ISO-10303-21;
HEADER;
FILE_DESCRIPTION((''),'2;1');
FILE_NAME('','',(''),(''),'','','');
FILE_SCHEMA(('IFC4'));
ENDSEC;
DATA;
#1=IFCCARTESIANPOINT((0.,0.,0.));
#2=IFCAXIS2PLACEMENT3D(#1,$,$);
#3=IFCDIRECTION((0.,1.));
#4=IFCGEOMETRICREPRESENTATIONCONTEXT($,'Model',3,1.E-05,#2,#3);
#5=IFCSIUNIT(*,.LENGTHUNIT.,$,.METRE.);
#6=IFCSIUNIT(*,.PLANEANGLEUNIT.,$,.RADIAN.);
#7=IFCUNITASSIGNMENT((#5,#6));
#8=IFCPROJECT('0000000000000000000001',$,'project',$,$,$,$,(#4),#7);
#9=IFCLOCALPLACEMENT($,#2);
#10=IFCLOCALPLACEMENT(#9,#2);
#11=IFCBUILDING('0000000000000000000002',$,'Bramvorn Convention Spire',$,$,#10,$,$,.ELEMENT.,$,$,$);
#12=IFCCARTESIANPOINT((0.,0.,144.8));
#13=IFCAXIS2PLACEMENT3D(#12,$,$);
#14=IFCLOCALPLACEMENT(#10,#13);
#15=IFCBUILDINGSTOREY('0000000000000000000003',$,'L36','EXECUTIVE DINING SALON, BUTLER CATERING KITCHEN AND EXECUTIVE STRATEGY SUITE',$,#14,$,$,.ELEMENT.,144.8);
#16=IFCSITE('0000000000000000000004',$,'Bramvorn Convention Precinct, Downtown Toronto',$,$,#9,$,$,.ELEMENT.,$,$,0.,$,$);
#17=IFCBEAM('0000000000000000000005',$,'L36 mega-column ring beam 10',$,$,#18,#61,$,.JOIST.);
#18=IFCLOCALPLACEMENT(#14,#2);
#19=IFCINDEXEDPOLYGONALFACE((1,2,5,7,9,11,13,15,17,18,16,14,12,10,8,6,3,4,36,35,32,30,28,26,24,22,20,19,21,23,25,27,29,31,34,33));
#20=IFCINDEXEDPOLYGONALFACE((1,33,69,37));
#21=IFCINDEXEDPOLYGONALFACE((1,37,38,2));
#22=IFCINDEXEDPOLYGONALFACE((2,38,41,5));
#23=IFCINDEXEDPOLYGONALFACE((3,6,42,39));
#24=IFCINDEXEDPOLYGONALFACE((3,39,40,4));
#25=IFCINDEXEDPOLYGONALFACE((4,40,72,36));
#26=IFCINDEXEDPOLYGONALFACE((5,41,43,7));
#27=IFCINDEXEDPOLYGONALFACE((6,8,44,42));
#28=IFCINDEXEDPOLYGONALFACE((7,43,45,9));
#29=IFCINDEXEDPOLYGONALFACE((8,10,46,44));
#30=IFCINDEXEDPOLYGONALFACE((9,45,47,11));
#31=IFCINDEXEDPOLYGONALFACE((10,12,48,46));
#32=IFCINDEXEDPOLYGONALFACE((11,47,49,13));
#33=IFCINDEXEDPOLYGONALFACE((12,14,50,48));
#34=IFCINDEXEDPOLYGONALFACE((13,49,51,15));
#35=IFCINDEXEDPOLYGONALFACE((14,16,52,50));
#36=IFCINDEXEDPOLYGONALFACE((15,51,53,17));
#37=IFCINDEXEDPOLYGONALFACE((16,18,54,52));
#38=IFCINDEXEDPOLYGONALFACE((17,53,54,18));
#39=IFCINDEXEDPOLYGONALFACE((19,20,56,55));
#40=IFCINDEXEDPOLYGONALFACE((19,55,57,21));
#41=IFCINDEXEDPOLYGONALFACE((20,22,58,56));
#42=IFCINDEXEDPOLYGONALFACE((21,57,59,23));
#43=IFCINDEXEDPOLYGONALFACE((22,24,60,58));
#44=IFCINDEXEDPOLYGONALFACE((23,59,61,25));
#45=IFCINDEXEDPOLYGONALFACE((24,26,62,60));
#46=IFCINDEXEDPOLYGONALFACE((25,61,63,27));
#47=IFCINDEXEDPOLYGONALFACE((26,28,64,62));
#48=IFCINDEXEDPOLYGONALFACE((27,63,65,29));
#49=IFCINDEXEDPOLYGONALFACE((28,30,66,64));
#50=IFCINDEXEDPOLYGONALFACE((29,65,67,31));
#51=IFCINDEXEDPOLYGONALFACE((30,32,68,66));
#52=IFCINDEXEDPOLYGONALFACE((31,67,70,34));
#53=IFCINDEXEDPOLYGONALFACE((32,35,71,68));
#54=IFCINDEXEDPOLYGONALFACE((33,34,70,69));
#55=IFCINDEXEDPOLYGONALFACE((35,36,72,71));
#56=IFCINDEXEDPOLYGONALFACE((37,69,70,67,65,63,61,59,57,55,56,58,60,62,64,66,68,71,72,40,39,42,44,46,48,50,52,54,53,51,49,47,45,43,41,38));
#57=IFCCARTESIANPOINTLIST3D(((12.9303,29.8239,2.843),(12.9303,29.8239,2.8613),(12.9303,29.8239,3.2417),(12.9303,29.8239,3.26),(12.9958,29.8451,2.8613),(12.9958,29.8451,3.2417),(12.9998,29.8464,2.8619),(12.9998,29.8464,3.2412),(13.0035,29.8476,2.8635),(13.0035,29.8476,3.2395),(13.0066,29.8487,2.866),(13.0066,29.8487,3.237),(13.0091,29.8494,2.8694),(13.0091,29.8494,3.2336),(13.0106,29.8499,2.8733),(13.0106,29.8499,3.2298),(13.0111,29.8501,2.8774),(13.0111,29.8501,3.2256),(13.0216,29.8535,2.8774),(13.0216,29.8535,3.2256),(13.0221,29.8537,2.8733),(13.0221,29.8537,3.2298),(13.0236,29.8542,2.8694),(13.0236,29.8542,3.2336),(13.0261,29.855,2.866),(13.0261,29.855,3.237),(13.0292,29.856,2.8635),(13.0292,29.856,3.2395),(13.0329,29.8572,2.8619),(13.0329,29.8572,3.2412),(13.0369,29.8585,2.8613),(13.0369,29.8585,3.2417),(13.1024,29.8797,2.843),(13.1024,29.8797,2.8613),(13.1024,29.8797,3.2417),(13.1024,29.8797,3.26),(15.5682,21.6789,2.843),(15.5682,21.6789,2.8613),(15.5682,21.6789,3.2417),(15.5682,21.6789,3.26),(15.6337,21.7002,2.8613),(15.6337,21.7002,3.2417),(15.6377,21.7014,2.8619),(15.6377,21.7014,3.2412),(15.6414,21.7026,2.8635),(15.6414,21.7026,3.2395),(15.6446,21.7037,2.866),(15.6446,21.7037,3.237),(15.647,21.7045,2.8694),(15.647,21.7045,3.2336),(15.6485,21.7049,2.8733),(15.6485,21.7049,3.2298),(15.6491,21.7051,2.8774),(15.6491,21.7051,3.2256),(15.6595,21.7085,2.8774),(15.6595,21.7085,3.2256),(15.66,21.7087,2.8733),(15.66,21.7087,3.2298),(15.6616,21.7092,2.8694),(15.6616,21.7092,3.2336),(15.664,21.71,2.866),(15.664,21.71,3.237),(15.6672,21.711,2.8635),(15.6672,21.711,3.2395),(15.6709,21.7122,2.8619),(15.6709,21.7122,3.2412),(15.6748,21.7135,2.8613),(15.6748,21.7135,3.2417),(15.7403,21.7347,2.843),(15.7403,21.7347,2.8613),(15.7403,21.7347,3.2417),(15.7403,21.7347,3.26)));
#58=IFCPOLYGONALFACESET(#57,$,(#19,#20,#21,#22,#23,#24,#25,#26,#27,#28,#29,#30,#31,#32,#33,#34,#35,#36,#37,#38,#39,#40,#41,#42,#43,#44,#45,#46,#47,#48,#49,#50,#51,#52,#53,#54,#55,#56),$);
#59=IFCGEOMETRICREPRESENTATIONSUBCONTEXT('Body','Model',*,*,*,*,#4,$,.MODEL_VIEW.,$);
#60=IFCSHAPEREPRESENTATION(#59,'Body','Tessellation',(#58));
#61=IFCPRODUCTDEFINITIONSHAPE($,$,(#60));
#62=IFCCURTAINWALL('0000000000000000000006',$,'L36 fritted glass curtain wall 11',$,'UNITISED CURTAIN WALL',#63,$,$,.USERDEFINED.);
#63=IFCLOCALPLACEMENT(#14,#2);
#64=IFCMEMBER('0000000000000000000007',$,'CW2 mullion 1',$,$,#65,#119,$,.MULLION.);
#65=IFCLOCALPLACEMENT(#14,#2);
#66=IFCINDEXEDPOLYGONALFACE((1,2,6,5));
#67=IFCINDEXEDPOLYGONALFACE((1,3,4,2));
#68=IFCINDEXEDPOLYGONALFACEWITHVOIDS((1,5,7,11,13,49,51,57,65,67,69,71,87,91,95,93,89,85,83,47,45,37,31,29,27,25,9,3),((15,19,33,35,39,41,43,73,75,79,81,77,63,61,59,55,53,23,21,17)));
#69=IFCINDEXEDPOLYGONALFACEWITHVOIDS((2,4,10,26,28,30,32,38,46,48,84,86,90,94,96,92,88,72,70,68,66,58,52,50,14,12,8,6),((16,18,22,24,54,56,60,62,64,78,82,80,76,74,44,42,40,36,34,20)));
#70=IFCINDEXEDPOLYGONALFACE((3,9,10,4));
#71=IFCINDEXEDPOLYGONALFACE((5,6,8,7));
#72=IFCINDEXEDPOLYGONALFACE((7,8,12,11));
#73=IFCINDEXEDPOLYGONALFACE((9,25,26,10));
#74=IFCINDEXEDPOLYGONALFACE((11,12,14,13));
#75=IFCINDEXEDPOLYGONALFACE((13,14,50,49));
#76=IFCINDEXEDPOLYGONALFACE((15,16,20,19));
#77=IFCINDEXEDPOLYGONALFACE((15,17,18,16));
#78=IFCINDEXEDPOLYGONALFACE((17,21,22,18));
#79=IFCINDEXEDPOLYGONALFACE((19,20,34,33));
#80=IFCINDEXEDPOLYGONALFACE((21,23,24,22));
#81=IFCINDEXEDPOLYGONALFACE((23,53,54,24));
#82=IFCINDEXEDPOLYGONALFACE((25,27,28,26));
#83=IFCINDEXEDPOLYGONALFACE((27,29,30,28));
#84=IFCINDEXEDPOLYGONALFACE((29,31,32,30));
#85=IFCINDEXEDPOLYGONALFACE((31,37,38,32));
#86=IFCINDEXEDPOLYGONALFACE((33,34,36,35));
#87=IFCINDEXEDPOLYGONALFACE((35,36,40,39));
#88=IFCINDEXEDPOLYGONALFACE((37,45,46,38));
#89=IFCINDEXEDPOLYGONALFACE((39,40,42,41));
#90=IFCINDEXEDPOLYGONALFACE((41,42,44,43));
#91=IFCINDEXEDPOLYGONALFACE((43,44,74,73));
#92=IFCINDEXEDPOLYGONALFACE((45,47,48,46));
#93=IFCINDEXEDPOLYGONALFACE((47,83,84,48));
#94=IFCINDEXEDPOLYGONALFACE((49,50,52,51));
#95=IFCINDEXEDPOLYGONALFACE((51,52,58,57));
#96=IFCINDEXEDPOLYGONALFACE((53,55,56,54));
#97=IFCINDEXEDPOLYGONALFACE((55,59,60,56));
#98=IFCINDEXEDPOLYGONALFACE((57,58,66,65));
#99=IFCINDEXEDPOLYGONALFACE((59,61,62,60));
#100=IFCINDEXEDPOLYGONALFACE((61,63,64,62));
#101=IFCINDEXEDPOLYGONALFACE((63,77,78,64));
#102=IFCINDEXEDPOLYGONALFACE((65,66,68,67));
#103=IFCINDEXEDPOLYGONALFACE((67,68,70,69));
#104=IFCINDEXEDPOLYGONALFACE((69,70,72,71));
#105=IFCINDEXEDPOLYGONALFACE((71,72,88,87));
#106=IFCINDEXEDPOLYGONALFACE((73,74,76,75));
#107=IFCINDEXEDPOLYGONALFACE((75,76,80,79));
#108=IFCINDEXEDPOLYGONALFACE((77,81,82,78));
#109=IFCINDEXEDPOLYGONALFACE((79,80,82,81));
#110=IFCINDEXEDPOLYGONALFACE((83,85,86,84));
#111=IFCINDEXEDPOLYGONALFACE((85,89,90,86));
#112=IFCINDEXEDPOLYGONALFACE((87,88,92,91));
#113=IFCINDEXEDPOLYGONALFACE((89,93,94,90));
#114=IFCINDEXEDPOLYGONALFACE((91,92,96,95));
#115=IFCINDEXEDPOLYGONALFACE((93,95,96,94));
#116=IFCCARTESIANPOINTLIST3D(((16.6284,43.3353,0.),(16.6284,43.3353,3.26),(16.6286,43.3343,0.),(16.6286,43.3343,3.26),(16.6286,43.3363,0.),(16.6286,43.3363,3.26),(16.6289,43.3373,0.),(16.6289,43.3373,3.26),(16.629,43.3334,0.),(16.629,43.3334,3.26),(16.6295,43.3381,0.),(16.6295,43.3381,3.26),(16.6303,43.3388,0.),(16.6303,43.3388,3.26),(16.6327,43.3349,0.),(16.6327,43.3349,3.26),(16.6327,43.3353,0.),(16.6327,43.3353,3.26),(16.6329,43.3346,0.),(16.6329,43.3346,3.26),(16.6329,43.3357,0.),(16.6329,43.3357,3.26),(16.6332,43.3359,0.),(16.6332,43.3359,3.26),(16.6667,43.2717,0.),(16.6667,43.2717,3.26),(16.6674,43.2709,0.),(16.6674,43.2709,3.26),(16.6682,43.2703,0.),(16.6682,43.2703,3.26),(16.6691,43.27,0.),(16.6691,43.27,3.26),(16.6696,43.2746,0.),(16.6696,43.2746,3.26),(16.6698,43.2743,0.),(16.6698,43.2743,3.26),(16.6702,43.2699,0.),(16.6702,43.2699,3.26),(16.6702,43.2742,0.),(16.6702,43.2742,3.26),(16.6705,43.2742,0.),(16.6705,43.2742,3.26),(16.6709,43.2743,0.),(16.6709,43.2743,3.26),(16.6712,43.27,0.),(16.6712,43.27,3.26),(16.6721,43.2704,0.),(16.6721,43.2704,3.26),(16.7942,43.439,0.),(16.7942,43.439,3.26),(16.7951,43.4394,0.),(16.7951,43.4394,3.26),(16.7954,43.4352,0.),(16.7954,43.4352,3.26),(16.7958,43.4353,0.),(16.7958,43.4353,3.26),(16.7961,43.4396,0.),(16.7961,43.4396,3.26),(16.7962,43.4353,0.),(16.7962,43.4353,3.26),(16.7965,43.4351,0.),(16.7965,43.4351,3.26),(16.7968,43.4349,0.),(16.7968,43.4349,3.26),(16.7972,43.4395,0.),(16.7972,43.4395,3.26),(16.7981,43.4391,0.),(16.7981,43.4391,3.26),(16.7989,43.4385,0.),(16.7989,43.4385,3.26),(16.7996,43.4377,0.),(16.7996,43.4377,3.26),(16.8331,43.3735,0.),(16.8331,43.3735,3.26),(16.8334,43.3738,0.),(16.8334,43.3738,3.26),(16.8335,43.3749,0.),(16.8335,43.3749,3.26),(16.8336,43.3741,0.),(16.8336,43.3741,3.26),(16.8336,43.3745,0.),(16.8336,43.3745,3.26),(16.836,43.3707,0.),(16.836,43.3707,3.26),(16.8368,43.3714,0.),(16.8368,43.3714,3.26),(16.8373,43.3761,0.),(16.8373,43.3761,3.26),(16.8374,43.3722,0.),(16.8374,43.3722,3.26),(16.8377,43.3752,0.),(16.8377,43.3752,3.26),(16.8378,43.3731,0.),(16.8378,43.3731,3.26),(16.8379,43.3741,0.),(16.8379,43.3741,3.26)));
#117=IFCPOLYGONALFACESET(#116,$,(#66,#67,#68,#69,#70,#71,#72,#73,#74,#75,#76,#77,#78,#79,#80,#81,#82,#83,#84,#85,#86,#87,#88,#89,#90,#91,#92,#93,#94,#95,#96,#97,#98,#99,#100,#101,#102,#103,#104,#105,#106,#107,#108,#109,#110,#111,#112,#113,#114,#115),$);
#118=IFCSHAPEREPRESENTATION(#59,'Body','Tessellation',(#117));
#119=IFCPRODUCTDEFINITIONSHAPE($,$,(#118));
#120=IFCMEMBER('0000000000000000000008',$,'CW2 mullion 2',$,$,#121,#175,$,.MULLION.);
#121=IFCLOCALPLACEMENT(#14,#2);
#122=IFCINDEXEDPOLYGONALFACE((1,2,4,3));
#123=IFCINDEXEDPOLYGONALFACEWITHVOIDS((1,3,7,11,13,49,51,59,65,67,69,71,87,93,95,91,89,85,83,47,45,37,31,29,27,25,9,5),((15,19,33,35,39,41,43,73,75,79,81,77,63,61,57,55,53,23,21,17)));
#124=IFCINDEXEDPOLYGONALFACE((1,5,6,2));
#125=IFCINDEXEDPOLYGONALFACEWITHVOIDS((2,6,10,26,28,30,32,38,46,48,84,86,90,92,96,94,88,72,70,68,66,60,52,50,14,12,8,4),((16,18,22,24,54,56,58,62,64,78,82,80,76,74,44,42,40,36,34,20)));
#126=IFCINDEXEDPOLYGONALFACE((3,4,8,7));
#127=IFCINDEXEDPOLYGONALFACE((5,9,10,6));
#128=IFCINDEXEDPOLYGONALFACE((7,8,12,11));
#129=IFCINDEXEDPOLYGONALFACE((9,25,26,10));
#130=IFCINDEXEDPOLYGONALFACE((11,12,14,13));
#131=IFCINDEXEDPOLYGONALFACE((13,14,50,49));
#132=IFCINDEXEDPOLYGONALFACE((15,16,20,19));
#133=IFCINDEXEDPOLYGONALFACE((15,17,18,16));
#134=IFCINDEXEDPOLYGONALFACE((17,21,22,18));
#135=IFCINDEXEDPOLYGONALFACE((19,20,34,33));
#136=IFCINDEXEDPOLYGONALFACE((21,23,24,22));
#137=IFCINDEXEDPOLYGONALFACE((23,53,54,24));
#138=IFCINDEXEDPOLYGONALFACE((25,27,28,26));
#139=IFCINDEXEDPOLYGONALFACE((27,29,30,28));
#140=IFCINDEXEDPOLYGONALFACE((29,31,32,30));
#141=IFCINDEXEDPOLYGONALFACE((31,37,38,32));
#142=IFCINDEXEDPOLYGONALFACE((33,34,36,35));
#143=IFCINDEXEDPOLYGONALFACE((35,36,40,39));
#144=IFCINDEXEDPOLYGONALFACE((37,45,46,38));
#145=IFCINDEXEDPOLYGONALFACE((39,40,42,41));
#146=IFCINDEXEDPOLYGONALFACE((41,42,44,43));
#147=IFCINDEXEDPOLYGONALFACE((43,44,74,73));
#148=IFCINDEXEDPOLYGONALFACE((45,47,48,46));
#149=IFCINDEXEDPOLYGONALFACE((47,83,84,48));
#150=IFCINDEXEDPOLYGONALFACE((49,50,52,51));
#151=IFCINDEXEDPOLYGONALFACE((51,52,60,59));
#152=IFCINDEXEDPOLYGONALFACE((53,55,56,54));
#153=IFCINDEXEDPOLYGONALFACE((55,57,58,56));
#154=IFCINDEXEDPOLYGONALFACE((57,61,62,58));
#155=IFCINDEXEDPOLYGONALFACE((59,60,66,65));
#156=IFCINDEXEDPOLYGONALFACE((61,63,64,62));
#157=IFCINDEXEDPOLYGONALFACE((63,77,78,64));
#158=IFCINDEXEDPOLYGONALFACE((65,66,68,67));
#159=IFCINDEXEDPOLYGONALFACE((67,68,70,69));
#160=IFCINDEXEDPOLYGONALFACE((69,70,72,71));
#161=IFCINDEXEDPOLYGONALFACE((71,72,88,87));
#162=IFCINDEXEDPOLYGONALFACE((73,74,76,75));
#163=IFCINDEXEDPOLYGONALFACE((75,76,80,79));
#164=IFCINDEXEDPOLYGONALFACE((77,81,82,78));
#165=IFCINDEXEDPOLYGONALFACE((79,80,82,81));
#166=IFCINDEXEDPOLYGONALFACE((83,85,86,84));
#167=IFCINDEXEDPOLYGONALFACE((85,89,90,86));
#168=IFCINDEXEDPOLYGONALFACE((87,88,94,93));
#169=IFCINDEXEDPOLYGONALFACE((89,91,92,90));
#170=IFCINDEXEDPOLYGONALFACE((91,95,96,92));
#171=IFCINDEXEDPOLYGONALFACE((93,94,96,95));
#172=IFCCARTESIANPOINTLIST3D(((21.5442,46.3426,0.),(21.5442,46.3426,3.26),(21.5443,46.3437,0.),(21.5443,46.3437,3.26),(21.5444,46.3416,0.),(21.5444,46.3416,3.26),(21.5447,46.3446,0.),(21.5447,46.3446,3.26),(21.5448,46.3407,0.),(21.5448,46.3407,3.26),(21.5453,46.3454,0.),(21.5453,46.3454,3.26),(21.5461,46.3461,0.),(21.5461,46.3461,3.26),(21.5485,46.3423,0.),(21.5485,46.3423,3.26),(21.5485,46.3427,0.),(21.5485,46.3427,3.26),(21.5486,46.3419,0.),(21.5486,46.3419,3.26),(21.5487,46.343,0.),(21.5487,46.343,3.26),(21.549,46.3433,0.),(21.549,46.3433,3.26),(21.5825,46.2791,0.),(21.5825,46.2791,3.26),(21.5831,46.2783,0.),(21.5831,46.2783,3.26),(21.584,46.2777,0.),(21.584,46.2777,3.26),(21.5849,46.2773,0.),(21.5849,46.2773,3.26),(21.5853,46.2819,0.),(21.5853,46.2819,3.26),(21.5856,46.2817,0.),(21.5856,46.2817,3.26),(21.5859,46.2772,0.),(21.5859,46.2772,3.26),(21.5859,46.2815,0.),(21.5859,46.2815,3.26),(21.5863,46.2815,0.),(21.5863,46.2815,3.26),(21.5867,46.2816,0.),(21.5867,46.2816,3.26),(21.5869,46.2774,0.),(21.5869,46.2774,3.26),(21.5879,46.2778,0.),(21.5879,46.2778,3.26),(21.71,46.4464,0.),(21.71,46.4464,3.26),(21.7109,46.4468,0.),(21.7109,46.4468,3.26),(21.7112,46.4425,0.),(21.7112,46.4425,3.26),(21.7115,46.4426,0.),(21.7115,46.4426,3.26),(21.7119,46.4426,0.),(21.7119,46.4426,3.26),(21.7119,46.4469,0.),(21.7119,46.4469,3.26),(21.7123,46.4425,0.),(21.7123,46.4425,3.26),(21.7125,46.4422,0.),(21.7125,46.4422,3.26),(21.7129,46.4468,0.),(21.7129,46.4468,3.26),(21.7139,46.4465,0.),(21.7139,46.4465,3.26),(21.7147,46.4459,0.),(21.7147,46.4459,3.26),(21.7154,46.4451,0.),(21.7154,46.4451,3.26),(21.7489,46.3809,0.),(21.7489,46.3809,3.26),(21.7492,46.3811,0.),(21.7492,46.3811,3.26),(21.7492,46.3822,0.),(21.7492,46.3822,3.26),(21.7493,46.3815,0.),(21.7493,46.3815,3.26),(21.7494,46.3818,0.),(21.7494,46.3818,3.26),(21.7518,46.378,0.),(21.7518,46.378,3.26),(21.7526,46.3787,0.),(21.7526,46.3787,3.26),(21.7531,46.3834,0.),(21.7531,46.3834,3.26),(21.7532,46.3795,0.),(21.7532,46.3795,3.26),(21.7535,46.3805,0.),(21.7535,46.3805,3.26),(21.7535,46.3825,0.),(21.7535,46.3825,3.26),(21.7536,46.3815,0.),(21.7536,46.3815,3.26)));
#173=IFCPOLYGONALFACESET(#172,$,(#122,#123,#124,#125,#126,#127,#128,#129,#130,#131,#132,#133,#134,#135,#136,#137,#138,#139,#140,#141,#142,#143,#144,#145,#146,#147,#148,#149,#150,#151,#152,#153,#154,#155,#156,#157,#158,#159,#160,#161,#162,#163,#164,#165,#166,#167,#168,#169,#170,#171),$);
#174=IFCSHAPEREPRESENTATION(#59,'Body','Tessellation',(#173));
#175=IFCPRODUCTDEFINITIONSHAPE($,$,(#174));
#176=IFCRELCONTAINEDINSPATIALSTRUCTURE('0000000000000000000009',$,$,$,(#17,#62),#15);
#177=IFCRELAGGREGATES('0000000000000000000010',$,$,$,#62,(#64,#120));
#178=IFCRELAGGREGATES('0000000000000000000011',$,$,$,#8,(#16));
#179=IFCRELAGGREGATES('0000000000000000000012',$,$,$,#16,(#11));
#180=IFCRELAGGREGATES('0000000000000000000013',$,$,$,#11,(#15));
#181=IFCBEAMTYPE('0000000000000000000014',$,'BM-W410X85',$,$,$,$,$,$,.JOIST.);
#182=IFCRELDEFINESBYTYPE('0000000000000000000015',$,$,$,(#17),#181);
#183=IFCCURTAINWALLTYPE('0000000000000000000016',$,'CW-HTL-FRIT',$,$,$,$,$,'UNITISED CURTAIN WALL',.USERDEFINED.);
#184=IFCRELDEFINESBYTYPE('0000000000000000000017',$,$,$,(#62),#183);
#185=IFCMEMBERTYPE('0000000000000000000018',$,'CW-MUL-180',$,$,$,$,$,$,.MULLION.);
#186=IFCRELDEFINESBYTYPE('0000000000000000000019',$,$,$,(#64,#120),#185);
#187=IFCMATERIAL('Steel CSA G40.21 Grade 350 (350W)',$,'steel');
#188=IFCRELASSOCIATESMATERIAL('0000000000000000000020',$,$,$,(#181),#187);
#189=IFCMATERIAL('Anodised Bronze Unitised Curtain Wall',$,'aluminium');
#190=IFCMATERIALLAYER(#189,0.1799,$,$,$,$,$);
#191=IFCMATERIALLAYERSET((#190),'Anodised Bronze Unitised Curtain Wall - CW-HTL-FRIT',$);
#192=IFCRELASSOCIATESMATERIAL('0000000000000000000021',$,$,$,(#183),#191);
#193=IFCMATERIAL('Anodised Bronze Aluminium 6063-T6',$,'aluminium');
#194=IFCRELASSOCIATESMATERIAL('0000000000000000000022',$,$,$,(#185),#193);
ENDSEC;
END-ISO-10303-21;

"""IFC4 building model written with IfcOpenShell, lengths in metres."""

from ifc_helpers import new_model, si_unit, direction, frame, origin, origin_2d, place, context, subcontext, project, spatial, hollow_rectangle, i_section, extrude, material, layer, layer_set, material_profile, profile_set, type_object, element, aggregate, save


model = new_model("IFC4")

# Units and contexts
model_context = context("Model", 3, precision=1e-05, world=origin(), true_north=direction((0.0, 1.0)))
body_context = subcontext(model_context, "Body", "Model", "MODEL_VIEW")
ifc_project = project(units=[si_unit("LENGTHUNIT", "METRE"), si_unit("PLANEANGLEUNIT", "RADIAN")], contexts=[model_context])

# Site, building, storey
site_placement = place(None, origin())
site = spatial("IfcSite", under=ifc_project, at=site_placement, Name="Bramvorn Convention Precinct, Downtown Toronto", CompositionType="ELEMENT", RefElevation=0.0)
building_placement = place(site_placement, origin())
building = spatial("IfcBuilding", under=site, at=building_placement, Name="Bramvorn Convention Spire", CompositionType="ELEMENT")
storey_placement = place(building_placement, frame((0.0, 0.0, 144.8)))
storey = spatial("IfcBuildingStorey", under=building, at=storey_placement, Name="L36", Description="EXECUTIVE DINING SALON, BUTLER CATERING KITCHEN AND EXECUTIVE STRATEGY SUITE", CompositionType="ELEMENT", Elevation=144.8)

# Shared definitions
ifc_material_1 = material(Name="Steel CSA G40.21 Grade 350 (350W)", Category="steel")

# Beam
ifc_material_profile_1 = material_profile(ifc_material_1, i_section(OverallWidth=0.1809, OverallDepth=0.417, WebThickness=0.011, FlangeThickness=0.0183, FilletRadius=0.0161, at=origin_2d()))
ifc_profile_set_1 = profile_set([ifc_material_profile_1], Name="Steel CSA G40.21 Grade 350 (350W) - W410X85")
beam_type_1 = type_object("IfcBeamType", Name="BM-W410X85", PredefinedType="JOIST", material=ifc_profile_set_1)
beam_1_placement = place(storey_placement, frame((13.0164, 29.8518, 3.0515), z_axis=(0.308115, -0.951349, 0.0), x_axis=(0.951349, 0.308115, 0.0)))
element("IfcBeam", 1, at=beam_1_placement, inside=storey, type_object=beam_type_1, Name="L36 mega-column ring beam 10", PredefinedType="JOIST", context=body_context, shape_type="SweptSolid", body=[
    extrude(i_section(OverallWidth=0.1809, OverallDepth=0.417, WebThickness=0.011, FlangeThickness=0.0183, FilletRadius=0.0161, at=origin_2d()), origin(), (0.0, 0.0, 1.0), 8.5615),
])

# Curtain wall, members
ifc_material_2 = material(Name="Anodised Bronze Unitised Curtain Wall", Category="aluminium")
ifc_layer_1 = layer(ifc_material_2, 0.1799)
ifc_layer_set_1 = layer_set([ifc_layer_1], Name="Anodised Bronze Unitised Curtain Wall - CW-HTL-FRIT")
curtain_wall_type = type_object("IfcCurtainWallType", Name="CW-HTL-FRIT", ElementType="UNITISED CURTAIN WALL", PredefinedType="USERDEFINED", material=ifc_layer_set_1)
curtain_wall_placement = place(storey_placement, origin())
curtain_wall = element("IfcCurtainWall", 2, at=curtain_wall_placement, inside=storey, type_object=curtain_wall_type, Name="L36 fritted glass curtain wall 11", ObjectType="UNITISED CURTAIN WALL", PredefinedType="USERDEFINED")
ifc_material_3 = material(Name="Anodised Bronze Aluminium 6063-T6", Category="aluminium")
ifc_material_profile_2 = material_profile(ifc_material_3, hollow_rectangle(XDim=0.0801, YDim=0.2, WallThickness=0.0039, InnerFilletRadius=0.001, OuterFilletRadius=0.0039, at=origin_2d()))
ifc_profile_set_2 = profile_set([ifc_material_profile_2], Name="Anodised Bronze Aluminium 6063-T6 - CWM80X200")
member_type_1 = type_object("IfcMemberType", Name="CW-MUL-180", PredefinedType="MULLION", material=ifc_profile_set_2)
member_1_placement = place(storey_placement, frame((16.7332, 43.3547, 0.0), z_axis=(0.0, 0.0, 1.0), x_axis=(-0.521872, 0.853024, 0.0)))
member_1 = element("IfcMember", 3, at=member_1_placement, type_object=member_type_1, Name="CW2 mullion 1", PredefinedType="MULLION", context=body_context, shape_type="SweptSolid", body=[
    extrude(hollow_rectangle(XDim=0.0801, YDim=0.2, WallThickness=0.0039, InnerFilletRadius=0.001, OuterFilletRadius=0.0039, at=origin_2d()), origin(), (0.0, 0.0, 1.0), 3.26),
])
member_2_placement = place(storey_placement, frame((21.6489, 46.3621, 0.0), z_axis=(0.0, 0.0, 1.0), x_axis=(-0.521872, 0.853024, 0.0)))
member_2 = element("IfcMember", 4, at=member_2_placement, type_object=member_type_1, Name="CW2 mullion 2", PredefinedType="MULLION", context=body_context, shape_type="SweptSolid", body=[
    extrude(hollow_rectangle(XDim=0.0801, YDim=0.2, WallThickness=0.0039, InnerFilletRadius=0.001, OuterFilletRadius=0.0039, at=origin_2d()), origin(), (0.0, 0.0, 1.0), 3.26),
])

aggregate(curtain_wall, [member_1, member_2])

save(model, "model.ifc")
